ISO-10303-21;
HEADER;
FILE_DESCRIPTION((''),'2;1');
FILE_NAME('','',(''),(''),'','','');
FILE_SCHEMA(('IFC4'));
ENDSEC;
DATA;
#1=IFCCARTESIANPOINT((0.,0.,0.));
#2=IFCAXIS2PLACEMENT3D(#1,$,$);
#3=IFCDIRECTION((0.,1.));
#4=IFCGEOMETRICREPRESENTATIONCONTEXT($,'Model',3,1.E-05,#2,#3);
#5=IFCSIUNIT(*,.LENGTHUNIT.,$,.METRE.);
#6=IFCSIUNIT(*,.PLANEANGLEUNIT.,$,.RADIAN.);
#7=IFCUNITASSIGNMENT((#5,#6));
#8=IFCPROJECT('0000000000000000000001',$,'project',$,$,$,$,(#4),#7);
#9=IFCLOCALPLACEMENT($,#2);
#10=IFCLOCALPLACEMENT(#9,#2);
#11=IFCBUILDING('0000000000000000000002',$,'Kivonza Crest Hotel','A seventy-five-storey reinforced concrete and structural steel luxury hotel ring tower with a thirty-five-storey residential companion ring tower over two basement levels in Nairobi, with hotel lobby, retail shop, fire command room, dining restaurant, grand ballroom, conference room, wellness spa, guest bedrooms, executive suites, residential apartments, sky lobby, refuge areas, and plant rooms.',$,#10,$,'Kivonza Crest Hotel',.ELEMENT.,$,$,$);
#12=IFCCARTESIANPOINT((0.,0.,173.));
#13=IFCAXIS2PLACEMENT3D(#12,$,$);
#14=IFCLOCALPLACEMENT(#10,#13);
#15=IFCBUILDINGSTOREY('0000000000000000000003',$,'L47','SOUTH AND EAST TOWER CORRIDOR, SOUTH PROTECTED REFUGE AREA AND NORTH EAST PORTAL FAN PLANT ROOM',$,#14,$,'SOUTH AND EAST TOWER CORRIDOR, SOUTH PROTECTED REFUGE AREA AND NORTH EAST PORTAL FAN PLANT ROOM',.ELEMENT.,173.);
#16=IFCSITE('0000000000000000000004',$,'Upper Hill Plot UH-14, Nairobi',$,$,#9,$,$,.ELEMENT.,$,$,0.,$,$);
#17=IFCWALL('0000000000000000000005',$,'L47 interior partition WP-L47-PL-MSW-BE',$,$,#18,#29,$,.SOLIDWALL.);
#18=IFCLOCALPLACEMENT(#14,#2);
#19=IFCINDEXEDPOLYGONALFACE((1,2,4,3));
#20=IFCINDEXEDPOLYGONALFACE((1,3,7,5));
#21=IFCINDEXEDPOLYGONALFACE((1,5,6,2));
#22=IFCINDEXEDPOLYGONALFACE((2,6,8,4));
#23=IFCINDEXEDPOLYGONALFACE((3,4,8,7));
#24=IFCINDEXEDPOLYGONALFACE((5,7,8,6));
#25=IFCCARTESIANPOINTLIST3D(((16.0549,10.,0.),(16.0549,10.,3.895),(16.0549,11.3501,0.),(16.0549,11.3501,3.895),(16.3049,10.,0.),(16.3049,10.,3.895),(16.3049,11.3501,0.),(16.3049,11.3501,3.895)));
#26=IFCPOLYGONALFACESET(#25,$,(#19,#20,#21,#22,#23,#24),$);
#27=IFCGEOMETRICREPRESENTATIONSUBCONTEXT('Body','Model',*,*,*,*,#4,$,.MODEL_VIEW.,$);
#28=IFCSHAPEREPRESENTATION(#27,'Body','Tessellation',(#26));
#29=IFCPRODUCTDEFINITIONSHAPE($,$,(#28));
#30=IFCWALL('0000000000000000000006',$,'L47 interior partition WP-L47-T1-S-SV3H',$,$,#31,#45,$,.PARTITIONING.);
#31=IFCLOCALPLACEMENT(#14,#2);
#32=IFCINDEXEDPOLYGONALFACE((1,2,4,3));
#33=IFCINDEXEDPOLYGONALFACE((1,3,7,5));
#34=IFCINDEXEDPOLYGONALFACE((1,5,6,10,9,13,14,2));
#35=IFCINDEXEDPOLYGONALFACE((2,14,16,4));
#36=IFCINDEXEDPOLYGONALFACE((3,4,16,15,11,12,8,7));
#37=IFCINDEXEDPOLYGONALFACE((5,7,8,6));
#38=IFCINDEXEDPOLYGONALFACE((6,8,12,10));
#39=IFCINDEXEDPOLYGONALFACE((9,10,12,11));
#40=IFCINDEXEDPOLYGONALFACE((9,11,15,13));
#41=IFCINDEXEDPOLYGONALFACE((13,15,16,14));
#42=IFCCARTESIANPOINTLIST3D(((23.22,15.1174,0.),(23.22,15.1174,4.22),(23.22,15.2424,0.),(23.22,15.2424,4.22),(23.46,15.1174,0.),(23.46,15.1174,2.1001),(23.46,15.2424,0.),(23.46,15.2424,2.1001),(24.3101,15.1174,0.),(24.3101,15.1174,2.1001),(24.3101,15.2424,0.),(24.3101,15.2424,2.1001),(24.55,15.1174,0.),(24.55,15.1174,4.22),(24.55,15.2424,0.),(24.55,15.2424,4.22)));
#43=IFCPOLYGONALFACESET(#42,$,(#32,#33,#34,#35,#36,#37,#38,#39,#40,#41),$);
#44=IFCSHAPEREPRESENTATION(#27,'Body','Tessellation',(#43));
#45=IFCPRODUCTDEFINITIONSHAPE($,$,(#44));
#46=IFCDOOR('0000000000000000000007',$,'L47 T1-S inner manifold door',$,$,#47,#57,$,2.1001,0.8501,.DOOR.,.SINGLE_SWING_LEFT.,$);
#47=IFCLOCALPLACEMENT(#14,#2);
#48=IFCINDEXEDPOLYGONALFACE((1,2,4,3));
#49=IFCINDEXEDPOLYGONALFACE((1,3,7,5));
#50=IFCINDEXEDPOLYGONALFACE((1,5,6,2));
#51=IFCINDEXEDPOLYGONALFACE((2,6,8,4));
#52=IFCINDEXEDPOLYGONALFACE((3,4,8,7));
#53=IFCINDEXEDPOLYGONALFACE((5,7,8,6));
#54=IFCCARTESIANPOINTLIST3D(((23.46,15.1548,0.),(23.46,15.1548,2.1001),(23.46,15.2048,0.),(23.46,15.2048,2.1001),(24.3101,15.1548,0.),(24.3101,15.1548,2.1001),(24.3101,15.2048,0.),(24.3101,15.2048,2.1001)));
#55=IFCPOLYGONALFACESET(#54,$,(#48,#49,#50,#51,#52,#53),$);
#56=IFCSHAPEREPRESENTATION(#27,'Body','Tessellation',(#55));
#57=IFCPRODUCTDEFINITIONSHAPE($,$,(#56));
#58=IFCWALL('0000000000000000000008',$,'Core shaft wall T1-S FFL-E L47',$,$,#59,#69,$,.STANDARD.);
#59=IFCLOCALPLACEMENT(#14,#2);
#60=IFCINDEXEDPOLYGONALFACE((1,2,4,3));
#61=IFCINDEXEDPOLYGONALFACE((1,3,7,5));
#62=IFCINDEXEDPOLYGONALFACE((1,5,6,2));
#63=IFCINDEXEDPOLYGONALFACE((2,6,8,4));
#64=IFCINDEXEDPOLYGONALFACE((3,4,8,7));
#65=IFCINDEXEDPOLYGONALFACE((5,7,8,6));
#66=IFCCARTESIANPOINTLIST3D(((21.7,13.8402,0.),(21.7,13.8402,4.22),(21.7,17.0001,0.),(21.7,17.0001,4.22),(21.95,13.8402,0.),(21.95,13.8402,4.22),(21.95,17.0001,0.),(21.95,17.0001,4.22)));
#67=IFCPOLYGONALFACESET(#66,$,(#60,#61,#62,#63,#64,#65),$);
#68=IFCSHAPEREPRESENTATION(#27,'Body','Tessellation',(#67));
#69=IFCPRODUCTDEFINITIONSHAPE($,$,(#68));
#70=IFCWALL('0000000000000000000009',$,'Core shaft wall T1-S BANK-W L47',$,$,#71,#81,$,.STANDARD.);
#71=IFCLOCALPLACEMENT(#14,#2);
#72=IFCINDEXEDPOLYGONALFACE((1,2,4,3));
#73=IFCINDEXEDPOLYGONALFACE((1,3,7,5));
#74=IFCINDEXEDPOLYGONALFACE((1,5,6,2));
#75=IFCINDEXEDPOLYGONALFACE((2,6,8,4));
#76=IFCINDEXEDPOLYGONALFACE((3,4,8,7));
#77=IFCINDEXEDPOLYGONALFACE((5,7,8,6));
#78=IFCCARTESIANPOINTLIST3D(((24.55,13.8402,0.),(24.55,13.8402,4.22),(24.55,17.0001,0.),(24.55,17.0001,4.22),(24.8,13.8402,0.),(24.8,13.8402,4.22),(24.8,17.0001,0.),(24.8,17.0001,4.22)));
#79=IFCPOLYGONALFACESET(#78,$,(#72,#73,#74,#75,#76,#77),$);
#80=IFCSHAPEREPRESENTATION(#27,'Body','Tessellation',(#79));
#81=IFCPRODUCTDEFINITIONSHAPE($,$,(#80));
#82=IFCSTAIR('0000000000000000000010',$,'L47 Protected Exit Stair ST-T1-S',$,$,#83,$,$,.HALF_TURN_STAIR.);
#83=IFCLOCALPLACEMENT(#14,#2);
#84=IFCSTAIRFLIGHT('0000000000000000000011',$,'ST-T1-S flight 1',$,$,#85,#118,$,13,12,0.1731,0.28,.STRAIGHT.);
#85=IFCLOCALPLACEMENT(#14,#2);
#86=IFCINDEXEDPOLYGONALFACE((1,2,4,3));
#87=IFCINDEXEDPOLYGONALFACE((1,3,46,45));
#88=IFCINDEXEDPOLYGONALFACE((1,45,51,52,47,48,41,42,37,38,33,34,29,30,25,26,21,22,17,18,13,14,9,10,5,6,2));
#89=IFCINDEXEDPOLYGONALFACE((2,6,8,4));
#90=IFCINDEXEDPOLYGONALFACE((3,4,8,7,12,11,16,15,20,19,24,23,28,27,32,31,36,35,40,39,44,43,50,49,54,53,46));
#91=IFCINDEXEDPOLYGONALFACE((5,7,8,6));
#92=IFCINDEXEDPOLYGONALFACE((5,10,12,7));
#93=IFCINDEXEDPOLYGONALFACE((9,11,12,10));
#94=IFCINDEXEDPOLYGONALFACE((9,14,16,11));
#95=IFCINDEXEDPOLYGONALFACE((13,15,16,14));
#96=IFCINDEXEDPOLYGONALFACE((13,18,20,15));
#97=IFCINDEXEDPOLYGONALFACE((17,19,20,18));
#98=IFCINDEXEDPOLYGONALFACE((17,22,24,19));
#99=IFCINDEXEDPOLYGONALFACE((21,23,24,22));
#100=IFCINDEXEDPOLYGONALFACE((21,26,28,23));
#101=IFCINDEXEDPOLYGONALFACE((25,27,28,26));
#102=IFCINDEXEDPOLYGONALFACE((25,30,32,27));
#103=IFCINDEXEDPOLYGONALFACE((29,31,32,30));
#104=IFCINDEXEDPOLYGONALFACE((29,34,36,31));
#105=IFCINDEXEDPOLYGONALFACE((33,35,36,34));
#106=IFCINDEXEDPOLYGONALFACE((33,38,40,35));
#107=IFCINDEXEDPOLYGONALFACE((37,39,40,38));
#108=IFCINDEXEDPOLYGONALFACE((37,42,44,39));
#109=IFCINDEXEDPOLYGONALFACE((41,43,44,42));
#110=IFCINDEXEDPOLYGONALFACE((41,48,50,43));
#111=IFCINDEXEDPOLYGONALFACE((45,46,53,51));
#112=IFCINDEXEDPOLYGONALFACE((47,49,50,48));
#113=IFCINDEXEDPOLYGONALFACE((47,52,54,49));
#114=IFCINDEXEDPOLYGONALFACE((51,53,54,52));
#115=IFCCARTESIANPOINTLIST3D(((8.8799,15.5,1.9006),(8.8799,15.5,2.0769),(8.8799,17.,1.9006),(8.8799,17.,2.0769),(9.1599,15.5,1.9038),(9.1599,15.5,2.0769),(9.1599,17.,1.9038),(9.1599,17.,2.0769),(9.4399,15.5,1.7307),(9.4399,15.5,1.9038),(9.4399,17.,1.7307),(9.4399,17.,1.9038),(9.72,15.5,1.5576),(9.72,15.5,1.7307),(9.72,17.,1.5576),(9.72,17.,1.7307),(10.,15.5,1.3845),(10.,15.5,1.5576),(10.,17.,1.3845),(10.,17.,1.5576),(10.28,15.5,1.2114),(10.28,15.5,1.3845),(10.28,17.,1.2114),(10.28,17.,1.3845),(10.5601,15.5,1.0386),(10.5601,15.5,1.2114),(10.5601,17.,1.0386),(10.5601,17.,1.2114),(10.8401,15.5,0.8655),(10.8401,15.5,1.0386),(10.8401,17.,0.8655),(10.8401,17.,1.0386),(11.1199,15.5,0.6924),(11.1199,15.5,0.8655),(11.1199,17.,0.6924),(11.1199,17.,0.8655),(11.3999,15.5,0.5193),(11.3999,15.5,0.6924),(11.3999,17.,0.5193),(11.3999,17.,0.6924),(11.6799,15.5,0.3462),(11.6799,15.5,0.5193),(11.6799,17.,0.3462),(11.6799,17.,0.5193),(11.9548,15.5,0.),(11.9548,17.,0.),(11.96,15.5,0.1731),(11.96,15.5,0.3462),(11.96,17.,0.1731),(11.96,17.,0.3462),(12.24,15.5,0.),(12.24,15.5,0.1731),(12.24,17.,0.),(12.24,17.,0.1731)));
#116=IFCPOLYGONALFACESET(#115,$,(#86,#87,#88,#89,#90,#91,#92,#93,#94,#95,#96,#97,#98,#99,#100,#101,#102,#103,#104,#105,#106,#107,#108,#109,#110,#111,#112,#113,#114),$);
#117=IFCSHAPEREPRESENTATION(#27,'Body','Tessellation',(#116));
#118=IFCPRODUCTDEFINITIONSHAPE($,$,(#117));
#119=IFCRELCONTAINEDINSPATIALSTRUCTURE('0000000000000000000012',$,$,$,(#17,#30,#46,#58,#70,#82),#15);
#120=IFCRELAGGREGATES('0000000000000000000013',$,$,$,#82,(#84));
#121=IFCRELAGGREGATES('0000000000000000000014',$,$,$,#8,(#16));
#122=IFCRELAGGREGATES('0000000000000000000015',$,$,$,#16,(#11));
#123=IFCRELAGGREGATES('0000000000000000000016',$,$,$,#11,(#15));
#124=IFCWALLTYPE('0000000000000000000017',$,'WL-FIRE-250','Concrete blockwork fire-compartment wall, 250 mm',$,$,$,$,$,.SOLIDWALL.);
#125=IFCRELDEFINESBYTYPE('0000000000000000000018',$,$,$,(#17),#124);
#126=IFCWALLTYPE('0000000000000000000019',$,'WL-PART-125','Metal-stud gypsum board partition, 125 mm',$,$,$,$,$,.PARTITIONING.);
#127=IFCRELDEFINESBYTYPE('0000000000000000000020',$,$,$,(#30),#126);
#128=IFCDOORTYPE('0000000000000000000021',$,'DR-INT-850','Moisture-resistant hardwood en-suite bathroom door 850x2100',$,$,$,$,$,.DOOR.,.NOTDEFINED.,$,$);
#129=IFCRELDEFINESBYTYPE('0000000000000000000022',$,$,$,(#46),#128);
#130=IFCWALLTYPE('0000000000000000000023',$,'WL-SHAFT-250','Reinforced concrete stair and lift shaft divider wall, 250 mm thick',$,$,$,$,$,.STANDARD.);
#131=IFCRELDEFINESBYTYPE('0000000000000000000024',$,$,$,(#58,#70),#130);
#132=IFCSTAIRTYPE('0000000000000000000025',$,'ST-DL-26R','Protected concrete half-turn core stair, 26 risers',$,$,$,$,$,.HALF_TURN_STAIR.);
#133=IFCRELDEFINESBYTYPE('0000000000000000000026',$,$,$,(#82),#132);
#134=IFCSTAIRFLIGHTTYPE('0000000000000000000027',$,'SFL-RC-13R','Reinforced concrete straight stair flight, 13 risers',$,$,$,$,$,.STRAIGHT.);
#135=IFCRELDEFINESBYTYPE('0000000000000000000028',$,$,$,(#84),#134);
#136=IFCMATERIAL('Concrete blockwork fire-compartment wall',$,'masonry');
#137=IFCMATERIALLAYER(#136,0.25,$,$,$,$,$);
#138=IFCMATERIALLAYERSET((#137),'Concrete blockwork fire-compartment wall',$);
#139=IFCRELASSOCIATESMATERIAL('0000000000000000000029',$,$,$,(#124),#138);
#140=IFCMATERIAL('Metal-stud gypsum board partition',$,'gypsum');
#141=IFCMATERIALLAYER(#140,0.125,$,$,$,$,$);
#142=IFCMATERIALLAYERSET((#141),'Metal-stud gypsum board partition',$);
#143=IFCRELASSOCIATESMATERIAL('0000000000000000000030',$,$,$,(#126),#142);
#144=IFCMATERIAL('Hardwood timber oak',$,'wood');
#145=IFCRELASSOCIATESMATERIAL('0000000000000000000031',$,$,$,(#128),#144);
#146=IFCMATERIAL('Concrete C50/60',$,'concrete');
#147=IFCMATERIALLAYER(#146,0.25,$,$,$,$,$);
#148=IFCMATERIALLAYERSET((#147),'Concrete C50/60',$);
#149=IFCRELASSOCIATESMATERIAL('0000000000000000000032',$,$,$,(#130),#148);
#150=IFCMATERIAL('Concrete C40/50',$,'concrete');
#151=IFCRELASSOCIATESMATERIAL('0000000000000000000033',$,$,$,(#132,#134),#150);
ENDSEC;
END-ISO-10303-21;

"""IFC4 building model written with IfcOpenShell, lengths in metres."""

from ifc_helpers import new_model, si_unit, direction, frame, frame_2d, origin, place, context, subcontext, project, spatial, polyline, rectangle, outline, extrude, material, layer, layer_set, type_object, element, fill, aggregate, save


model = new_model("IFC4")

# Units and contexts
model_context = context("Model", 3, precision=1e-05, world=origin(), true_north=direction((0.0, 1.0)))
body_context = subcontext(model_context, "Body", "Model", "MODEL_VIEW")
ifc_project = project(units=[si_unit("LENGTHUNIT", "METRE"), si_unit("PLANEANGLEUNIT", "RADIAN")], contexts=[model_context])

# Site, building, storey
site_placement = place(None, origin())
site = spatial("IfcSite", under=ifc_project, at=site_placement, Name="Upper Hill Plot UH-14, Nairobi", CompositionType="ELEMENT", RefElevation=0.0)
building_placement = place(site_placement, origin())
building = spatial("IfcBuilding", under=site, at=building_placement, Name="Kivonza Crest Hotel", Description="A seventy-five-storey reinforced concrete and structural steel luxury hotel ring tower with a thirty-five-storey residential companion ring tower over two basement levels in Nairobi, with hotel lobby, retail shop, fire command room, dining restaurant, grand ballroom, conference room, wellness spa, guest bedrooms, executive suites, residential apartments, sky lobby, refuge areas, and plant rooms.", LongName="Kivonza Crest Hotel", CompositionType="ELEMENT")
storey_placement = place(building_placement, frame((0.0, 0.0, 173.0)))
storey = spatial("IfcBuildingStorey", under=building, at=storey_placement, Name="L47", Description="SOUTH AND EAST TOWER CORRIDOR, SOUTH PROTECTED REFUGE AREA AND NORTH EAST PORTAL FAN PLANT ROOM", LongName="SOUTH AND EAST TOWER CORRIDOR, SOUTH PROTECTED REFUGE AREA AND NORTH EAST PORTAL FAN PLANT ROOM", CompositionType="ELEMENT", Elevation=173.0)

# Shared definitions
ifc_material_1 = material(Name="Concrete C50/60", Category="concrete")

# Wall
ifc_material_2 = material(Name="Concrete blockwork fire-compartment wall", Category="masonry")
ifc_layer_1 = layer(ifc_material_2, 0.25)
ifc_layer_set_1 = layer_set([ifc_layer_1], Name="Concrete blockwork fire-compartment wall")
wall_type_1 = type_object("IfcWallType", Name="WL-FIRE-250", Description="Concrete blockwork fire-compartment wall, 250 mm", PredefinedType="SOLIDWALL", material=ifc_layer_set_1)
wall_1_placement = place(storey_placement, frame((16.1799, 10.0, 0.0), z_axis=(0.0, 0.0, 1.0), x_axis=(0.0, 1.0, 0.0)))
element("IfcWall", 1, at=wall_1_placement, inside=storey, type_object=wall_type_1, Name="L47 interior partition WP-L47-PL-MSW-BE", PredefinedType="SOLIDWALL", context=body_context, shape_type="SweptSolid", body=[
    extrude(rectangle(XDim=1.3501, YDim=0.25, at=frame_2d((0.675, 0.0))), origin(), (0.0, 0.0, 1.0), 3.895),
])

# Wall, opening, door
ifc_material_3 = material(Name="Metal-stud gypsum board partition", Category="gypsum")
ifc_layer_2 = layer(ifc_material_3, 0.125)
ifc_layer_set_2 = layer_set([ifc_layer_2], Name="Metal-stud gypsum board partition")
wall_type_2 = type_object("IfcWallType", Name="WL-PART-125", Description="Metal-stud gypsum board partition, 125 mm", PredefinedType="PARTITIONING", material=ifc_layer_set_2)
wall_2_placement = place(storey_placement, frame((23.22, 15.1799, 0.0), z_axis=(0.0, 0.0, 1.0), x_axis=(1.0, 0.0, 0.0)))
wall_2 = element("IfcWall", 2, at=wall_2_placement, inside=storey, type_object=wall_type_2, Name="L47 interior partition WP-L47-T1-S-SV3H", PredefinedType="PARTITIONING", context=body_context, shape_type="SweptSolid", body=[
    extrude(rectangle(XDim=1.3301, YDim=0.125, at=frame_2d((0.665, 0.0))), origin(), (0.0, 0.0, 1.0), 4.22),
])
opening_1_placement = place(wall_2_placement, frame((0.24, 0.0, 0.0)))
opening_1 = element("IfcOpeningElement", 3, at=opening_1_placement, cuts=wall_2, PredefinedType="OPENING", context=body_context, shape_type="SweptSolid", body=[
    extrude(rectangle(XDim=0.8501, YDim=2.1001, at=frame_2d((0.425, 1.05))), frame((0.0, 0.0725, 0.0), z_axis=(0.0, -1.0, 0.0), x_axis=(1.0, 0.0, 0.0)), (0.0, 0.0, 1.0), 0.145),
])
ifc_material_4 = material(Name="Hardwood timber oak", Category="wood")
door_type_1 = type_object("IfcDoorType", Name="DR-INT-850", Description="Moisture-resistant hardwood en-suite bathroom door 850x2100", OperationType="NOTDEFINED", PredefinedType="DOOR", material=ifc_material_4)
door_1_placement = place(opening_1_placement, origin())
door_1 = element("IfcDoor", 4, at=door_1_placement, inside=storey, type_object=door_type_1, Name="L47 T1-S inner manifold door", OperationType="SINGLE_SWING_LEFT", OverallHeight=2.1001, OverallWidth=0.8501, PredefinedType="DOOR", context=body_context, shape_type="SweptSolid", body=[
    extrude(rectangle(XDim=0.8501, YDim=2.1001, at=frame_2d((0.425, 1.05))), frame((0.0, 0.0249, 0.0), z_axis=(0.0, -1.0, 0.0), x_axis=(1.0, 0.0, 0.0)), (0.0, 0.0, 1.0), 0.05),
])
fill(opening_1, door_1)

# Shared definitions
ifc_layer_3 = layer(ifc_material_1, 0.25)
ifc_layer_set_3 = layer_set([ifc_layer_3], Name="Concrete C50/60")
wall_type_3 = type_object("IfcWallType", Name="WL-SHAFT-250", Description="Reinforced concrete stair and lift shaft divider wall, 250 mm thick", PredefinedType="STANDARD", material=ifc_layer_set_3)

# Walls
for number, where, z_axis, x_axis, name in (
    (5, (21.825, 13.8401, 0.0), (0.0, 0.0, 1.0), (0.0, 1.0, 0.0), "Core shaft wall T1-S FFL-E L47"),
    (6, (24.675, 13.8401, 0.0), (0.0, 0.0, 1.0), (0.0, 1.0, 0.0), "Core shaft wall T1-S BANK-W L47"),
):
    element("IfcWall", number, at=place(storey_placement, frame(where, z_axis=z_axis, x_axis=x_axis)), inside=storey, type_object=wall_type_3, Name=name, PredefinedType="STANDARD", context=body_context, shape_type="SweptSolid", body=[
        extrude(rectangle(XDim=3.1599, YDim=0.25, at=frame_2d((1.5801, 0.0))), origin(), (0.0, 0.0, 1.0), 4.22),
    ])

# Stair, stair flight
ifc_material_5 = material(Name="Concrete C40/50", Category="concrete")
stair_type = type_object("IfcStairType", Name="ST-DL-26R", Description="Protected concrete half-turn core stair, 26 risers", PredefinedType="HALF_TURN_STAIR", material=ifc_material_5)
stair_placement = place(storey_placement, origin())
stair = element("IfcStair", 7, at=stair_placement, inside=storey, type_object=stair_type, Name="L47 Protected Exit Stair ST-T1-S", PredefinedType="HALF_TURN_STAIR")
stair_flight_type = type_object("IfcStairFlightType", Name="SFL-RC-13R", Description="Reinforced concrete straight stair flight, 13 risers", PredefinedType="STRAIGHT", material=ifc_material_5)
stair_flight_placement = place(storey_placement, frame((12.24, 16.25, 0.0), z_axis=(0.0, 0.0, 1.0), x_axis=(-1.0, 0.0, 0.0)))
stair_flight = element("IfcStairFlight", 8, at=stair_flight_placement, type_object=stair_flight_type, Name="ST-T1-S flight 1", NumberOfRisers=13, NumberOfTreads=12, PredefinedType="STRAIGHT", RiserHeight=0.1731, TreadLength=0.28, context=body_context, shape_type="SweptSolid", body=[
    extrude(outline(polyline([(0.0, 0.0), (0.0, 0.1731), (0.28, 0.1731), (0.28, 0.3462), (0.5601, 0.3462), (0.5601, 0.5193), (0.8401, 0.5193), (0.8401, 0.6924), (1.1201, 0.6924), (1.1201, 0.8655), (1.3999, 0.8655), (1.3999, 1.0386), (1.6799, 1.0386), (1.6799, 1.2114), (1.96, 1.2114), (1.96, 1.3845), (2.24, 1.3845), (2.24, 1.5576), (2.52, 1.5576), (2.52, 1.7307), (2.8, 1.7307), (2.8, 1.9038), (3.0801, 1.9038), (3.0801, 2.0769), (3.3601, 2.0769), (3.3601, 2.25), (3.3601, 1.9006), (0.2852, 0.0), (0.0, 0.0)])), frame((0.0, 0.75, 0.0), z_axis=(0.0, -1.0, 0.0), x_axis=(1.0, 0.0, 0.0)), (0.0, 0.0, 1.0), 1.5),
])
aggregate(stair, [stair_flight])

save(model, "model.ifc")
